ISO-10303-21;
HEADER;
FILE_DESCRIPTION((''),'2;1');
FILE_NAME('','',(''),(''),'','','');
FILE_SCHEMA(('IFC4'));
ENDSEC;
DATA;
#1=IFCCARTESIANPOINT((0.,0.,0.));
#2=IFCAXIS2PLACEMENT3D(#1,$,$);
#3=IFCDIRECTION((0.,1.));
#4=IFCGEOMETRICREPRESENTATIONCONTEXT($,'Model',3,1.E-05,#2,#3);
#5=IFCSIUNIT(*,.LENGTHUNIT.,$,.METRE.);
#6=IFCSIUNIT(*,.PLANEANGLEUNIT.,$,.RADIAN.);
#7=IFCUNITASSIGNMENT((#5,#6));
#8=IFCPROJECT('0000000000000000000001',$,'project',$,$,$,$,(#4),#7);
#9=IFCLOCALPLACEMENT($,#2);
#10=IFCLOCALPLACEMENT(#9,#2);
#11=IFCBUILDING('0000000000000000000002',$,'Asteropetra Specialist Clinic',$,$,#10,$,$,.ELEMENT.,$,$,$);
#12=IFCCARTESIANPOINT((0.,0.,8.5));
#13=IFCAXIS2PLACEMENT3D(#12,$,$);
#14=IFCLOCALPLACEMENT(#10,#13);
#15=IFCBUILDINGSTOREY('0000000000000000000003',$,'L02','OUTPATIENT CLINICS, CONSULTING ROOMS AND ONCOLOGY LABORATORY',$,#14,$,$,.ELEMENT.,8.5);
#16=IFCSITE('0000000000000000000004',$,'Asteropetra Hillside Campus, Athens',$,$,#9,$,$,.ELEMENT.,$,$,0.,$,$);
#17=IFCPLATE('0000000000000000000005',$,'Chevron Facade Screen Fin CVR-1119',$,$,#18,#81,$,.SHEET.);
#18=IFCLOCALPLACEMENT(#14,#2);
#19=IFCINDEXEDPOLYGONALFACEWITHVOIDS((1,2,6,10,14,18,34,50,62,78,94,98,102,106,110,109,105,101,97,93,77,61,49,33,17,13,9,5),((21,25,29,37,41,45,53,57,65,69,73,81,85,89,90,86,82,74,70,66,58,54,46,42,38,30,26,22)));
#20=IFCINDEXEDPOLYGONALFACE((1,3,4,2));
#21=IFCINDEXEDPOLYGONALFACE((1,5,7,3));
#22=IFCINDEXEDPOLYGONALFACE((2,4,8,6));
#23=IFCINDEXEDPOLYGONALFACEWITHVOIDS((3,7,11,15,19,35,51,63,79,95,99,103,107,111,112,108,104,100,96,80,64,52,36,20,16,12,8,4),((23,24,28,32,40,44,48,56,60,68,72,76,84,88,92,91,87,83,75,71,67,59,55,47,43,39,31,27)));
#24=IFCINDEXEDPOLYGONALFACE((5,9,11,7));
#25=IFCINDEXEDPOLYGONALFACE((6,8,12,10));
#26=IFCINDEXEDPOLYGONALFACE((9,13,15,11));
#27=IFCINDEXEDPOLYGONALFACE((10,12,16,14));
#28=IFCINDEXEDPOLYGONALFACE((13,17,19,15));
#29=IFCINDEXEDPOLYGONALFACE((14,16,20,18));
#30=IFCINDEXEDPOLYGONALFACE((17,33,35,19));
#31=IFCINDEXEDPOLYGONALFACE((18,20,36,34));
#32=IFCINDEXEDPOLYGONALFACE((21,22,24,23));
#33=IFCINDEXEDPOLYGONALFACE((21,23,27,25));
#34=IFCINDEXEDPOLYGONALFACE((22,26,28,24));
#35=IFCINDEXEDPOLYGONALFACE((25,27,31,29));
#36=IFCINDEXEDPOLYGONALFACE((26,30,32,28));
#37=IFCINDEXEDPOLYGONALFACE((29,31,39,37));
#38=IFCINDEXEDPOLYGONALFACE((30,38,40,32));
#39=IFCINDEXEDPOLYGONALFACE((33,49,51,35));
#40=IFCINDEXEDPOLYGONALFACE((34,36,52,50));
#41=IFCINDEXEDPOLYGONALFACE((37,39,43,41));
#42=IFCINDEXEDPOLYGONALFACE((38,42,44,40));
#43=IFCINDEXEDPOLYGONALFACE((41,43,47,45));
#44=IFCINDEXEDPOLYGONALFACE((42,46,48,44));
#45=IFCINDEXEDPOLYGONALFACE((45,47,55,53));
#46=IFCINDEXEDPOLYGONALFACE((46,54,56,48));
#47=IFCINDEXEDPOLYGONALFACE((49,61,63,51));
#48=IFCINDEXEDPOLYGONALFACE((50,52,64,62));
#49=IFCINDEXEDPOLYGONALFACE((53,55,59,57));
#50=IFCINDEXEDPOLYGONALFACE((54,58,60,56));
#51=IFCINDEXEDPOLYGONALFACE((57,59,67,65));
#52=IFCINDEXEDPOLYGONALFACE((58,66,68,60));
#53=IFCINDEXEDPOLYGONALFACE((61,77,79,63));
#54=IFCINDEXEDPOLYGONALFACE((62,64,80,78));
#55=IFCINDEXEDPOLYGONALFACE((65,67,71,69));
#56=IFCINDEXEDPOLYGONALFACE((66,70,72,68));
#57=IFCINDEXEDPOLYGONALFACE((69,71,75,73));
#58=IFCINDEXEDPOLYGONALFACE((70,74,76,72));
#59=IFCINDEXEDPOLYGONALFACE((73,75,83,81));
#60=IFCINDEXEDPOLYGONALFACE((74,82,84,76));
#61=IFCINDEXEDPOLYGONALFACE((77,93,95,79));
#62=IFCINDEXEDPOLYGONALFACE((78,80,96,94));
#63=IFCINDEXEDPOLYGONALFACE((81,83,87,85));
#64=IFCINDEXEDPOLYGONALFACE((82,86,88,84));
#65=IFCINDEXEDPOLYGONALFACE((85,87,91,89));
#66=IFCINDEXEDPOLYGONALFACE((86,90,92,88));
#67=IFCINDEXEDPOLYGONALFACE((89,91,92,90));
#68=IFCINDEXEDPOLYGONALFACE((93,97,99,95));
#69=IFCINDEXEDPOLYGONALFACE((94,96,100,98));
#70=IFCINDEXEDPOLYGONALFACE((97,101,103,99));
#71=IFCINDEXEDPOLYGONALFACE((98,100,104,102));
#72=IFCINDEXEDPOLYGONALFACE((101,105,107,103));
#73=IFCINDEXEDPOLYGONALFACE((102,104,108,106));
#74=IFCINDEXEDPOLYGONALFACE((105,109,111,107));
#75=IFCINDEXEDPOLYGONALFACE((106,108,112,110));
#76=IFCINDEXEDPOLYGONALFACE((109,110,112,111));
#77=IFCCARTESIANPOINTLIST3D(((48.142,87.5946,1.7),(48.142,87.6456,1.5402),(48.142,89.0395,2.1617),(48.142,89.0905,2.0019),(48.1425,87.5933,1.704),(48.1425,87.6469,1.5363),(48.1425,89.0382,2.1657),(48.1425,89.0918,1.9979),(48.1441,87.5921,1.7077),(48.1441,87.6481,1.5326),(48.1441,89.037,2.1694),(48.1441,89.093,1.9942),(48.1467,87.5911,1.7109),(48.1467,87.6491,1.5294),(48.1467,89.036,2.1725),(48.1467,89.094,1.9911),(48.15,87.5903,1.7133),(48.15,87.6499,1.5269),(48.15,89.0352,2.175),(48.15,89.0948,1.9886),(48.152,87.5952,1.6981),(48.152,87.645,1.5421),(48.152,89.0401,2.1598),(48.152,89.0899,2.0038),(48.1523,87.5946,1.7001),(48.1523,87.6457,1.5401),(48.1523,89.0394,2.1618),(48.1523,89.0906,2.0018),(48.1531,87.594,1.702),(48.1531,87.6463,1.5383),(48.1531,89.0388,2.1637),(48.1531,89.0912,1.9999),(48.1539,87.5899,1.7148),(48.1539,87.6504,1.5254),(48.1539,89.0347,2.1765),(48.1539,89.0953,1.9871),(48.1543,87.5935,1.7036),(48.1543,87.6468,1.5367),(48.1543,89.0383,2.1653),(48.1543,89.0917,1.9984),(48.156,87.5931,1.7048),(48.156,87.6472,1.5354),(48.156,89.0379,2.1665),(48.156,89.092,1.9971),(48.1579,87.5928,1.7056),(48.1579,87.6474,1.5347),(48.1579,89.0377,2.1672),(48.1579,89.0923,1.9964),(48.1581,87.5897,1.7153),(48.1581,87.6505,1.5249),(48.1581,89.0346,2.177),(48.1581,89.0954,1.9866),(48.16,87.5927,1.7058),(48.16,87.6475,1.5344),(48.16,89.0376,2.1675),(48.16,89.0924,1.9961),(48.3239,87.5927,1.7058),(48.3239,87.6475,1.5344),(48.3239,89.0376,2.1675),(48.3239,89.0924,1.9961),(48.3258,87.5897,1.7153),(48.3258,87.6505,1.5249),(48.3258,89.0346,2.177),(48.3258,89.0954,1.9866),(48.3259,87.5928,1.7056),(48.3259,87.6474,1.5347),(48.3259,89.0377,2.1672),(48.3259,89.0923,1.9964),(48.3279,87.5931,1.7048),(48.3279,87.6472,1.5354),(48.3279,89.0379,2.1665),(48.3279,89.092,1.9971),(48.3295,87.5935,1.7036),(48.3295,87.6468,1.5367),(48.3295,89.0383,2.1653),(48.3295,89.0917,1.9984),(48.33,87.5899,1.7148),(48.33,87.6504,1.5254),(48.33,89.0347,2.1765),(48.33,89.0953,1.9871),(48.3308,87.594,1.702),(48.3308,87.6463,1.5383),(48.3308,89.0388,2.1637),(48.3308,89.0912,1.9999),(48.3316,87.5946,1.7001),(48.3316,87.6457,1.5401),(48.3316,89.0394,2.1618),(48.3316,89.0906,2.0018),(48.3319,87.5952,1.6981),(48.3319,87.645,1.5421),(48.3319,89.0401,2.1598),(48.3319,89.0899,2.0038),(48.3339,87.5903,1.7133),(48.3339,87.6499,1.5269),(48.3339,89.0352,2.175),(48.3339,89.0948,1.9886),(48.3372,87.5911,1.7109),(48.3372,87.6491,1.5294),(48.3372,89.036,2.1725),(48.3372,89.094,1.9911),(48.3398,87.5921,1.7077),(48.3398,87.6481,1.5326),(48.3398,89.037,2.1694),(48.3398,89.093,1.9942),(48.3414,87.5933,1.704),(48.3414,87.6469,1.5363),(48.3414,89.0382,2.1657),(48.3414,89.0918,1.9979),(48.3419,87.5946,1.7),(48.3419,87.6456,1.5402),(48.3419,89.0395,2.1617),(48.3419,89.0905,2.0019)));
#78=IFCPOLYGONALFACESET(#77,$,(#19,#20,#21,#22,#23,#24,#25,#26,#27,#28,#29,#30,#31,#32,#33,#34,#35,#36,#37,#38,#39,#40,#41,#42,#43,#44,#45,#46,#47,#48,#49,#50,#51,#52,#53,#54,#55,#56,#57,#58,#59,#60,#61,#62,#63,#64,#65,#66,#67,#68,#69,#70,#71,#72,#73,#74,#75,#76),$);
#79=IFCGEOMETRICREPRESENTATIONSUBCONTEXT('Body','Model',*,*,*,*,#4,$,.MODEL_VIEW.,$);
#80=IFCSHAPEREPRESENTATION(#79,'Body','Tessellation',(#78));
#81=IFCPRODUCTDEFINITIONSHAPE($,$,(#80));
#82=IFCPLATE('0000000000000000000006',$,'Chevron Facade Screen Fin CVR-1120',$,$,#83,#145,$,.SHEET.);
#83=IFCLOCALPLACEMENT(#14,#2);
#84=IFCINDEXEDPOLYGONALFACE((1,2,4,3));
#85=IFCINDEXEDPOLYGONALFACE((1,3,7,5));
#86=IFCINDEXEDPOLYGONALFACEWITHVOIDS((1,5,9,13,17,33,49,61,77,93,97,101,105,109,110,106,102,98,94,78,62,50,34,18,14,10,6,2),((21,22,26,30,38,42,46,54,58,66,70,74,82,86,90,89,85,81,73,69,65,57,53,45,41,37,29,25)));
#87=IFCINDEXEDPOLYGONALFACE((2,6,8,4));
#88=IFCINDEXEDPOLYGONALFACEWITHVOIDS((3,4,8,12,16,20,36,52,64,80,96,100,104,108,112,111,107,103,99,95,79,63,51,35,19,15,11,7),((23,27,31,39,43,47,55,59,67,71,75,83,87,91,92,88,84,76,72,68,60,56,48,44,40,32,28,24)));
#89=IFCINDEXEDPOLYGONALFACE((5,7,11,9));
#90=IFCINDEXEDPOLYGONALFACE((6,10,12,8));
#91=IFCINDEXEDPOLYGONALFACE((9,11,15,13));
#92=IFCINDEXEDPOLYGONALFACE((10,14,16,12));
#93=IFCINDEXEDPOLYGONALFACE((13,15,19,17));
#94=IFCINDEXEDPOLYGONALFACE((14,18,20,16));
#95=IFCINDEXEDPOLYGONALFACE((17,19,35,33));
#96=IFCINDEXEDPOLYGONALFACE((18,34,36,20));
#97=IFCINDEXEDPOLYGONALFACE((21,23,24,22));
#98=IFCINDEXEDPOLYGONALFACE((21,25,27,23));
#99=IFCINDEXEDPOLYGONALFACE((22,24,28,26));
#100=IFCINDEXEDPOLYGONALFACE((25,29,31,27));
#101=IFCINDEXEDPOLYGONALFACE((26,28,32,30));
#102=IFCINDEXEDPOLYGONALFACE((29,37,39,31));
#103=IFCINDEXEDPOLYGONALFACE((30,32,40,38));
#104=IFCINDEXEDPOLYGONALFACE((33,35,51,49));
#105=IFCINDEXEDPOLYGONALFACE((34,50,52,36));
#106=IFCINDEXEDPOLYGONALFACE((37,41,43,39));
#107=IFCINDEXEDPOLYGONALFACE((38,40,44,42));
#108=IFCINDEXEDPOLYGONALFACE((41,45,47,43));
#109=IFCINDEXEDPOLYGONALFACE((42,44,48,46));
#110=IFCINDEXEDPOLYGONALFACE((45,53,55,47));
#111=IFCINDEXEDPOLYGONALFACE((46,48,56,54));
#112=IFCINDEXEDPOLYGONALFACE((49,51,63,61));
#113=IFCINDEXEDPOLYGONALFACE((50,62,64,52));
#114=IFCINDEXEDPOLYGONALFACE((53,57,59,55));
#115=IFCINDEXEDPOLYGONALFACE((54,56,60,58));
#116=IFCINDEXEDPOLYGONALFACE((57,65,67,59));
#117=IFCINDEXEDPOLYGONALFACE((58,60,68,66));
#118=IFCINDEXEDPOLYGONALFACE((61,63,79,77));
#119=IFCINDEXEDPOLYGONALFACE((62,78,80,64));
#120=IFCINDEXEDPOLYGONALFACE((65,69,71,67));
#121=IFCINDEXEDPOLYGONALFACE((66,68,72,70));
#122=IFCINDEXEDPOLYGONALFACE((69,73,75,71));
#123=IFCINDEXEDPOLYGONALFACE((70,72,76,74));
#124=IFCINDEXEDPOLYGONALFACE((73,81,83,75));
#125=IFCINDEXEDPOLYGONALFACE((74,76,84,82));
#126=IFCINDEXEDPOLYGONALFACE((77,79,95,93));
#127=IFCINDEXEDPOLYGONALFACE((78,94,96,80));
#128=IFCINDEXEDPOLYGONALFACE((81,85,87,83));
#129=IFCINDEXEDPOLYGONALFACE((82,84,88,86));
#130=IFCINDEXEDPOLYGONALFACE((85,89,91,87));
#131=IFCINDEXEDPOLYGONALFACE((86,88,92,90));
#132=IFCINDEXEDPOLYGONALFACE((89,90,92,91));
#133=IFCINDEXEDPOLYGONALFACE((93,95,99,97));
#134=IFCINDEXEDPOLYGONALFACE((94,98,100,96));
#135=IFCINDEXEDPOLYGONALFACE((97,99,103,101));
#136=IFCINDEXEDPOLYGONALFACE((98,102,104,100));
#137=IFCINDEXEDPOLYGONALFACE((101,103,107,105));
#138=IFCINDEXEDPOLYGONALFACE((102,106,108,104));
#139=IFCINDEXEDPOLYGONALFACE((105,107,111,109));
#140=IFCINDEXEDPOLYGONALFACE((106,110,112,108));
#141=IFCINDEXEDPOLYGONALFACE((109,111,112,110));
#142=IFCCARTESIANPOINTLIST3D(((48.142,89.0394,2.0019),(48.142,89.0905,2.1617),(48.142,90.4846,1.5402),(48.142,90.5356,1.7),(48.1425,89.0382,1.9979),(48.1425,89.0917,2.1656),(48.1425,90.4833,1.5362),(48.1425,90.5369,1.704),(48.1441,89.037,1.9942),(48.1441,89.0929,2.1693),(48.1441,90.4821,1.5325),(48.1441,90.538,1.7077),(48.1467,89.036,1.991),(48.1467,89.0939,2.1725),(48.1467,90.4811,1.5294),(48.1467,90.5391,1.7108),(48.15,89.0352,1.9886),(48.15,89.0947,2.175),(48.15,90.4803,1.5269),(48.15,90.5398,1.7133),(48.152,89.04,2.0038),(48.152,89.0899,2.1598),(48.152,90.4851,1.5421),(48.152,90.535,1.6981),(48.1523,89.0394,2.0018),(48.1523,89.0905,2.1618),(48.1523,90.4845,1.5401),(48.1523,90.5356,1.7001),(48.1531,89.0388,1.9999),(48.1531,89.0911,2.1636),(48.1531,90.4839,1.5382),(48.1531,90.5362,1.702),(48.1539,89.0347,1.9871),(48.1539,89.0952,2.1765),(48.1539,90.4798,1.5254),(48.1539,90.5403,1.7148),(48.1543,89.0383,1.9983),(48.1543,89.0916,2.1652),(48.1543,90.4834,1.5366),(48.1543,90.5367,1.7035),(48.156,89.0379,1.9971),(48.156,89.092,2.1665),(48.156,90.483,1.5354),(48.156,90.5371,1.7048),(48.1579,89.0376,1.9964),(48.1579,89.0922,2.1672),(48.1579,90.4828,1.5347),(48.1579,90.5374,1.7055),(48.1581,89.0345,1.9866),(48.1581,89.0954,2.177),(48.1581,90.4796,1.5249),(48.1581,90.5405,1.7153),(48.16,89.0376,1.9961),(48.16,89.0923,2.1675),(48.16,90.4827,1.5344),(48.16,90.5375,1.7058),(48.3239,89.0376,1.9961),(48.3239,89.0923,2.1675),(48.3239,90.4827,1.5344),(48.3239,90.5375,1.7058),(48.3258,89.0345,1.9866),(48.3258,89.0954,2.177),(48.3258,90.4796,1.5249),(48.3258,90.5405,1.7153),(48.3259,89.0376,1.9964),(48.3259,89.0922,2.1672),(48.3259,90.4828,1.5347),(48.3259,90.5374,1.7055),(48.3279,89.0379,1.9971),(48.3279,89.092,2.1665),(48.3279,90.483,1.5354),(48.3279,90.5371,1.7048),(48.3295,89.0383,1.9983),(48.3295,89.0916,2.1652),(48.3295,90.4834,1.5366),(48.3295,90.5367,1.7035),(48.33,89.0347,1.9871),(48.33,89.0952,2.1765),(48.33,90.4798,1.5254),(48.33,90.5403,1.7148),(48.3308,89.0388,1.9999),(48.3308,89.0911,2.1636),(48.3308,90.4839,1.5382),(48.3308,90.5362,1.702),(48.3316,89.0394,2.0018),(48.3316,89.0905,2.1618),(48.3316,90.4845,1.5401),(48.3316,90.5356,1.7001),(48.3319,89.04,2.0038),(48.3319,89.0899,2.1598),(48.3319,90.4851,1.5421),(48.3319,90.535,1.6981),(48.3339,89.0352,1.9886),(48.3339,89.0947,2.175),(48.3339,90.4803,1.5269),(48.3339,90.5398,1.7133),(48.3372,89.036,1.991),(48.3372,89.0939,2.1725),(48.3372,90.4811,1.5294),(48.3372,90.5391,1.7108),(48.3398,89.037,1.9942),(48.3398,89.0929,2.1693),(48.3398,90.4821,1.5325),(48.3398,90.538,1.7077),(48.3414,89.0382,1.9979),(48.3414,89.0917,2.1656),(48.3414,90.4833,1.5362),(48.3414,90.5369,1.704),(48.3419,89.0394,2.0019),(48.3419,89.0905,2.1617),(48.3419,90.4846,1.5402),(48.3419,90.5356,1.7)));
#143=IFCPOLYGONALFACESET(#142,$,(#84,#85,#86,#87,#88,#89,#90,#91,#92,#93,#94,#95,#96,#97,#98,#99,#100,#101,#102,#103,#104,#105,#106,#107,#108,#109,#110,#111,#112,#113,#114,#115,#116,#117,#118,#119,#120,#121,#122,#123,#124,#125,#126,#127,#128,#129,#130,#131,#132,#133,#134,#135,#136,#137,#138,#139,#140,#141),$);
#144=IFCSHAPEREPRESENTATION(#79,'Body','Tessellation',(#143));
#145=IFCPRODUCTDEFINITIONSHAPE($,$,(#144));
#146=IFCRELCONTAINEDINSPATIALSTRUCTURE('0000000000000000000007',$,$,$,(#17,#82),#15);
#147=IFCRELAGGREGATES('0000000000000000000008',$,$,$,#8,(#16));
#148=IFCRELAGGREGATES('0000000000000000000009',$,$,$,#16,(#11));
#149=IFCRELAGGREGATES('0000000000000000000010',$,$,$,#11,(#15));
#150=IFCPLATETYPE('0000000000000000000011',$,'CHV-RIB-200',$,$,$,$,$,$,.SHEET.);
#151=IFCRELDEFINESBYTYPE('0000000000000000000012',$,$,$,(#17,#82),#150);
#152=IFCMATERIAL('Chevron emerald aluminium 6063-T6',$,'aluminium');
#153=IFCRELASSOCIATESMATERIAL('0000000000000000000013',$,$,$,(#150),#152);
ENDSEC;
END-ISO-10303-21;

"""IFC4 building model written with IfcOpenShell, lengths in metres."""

from ifc_helpers import new_model, si_unit, direction, frame, origin, origin_2d, place, context, subcontext, project, spatial, hollow_rectangle, extrude, material, material_profile, profile_set, type_object, element, save


model = new_model("IFC4")

# Units and contexts
model_context = context("Model", 3, precision=1e-05, world=origin(), true_north=direction((0.0, 1.0)))
body_context = subcontext(model_context, "Body", "Model", "MODEL_VIEW")
ifc_project = project(units=[si_unit("LENGTHUNIT", "METRE"), si_unit("PLANEANGLEUNIT", "RADIAN")], contexts=[model_context])

# Site, building, storey
site_placement = place(None, origin())
site = spatial("IfcSite", under=ifc_project, at=site_placement, Name="Asteropetra Hillside Campus, Athens", CompositionType="ELEMENT", RefElevation=0.0)
building_placement = place(site_placement, origin())
building = spatial("IfcBuilding", under=site, at=building_placement, Name="Asteropetra Specialist Clinic", CompositionType="ELEMENT")
storey_placement = place(building_placement, frame((0.0, 0.0, 8.5)))
storey = spatial("IfcBuildingStorey", under=building, at=storey_placement, Name="L02", Description="OUTPATIENT CLINICS, CONSULTING ROOMS AND ONCOLOGY LABORATORY", CompositionType="ELEMENT", Elevation=8.5)

# Plates
ifc_material_1 = material(Name="Chevron emerald aluminium 6063-T6", Category="aluminium")
ifc_material_profile_1 = material_profile(ifc_material_1, hollow_rectangle(XDim=0.2, YDim=0.2, WallThickness=0.01, InnerFilletRadius=0.0081, OuterFilletRadius=0.0161, at=origin_2d()), Name="SHS 200x200x10.0")
ifc_profile_set_1 = profile_set([ifc_material_profile_1], Name="Chevron emerald aluminium 6063-T6")
plate_type_1 = type_object("IfcPlateType", Name="CHV-RIB-200", PredefinedType="SHEET", material=ifc_profile_set_1)
plate_1_placement = place(storey_placement, frame((48.2419, 87.6201, 1.6201), z_axis=(0.0, 0.952553, 0.304373), x_axis=(-1.0, 0.0, 0.0)))
element("IfcPlate", 1, at=plate_1_placement, inside=storey, type_object=plate_type_1, Name="Chevron Facade Screen Fin CVR-1119", PredefinedType="SHEET", context=body_context, shape_type="SweptSolid", body=[
    extrude(hollow_rectangle(XDim=0.2, YDim=0.2, WallThickness=0.01, InnerFilletRadius=0.0081, OuterFilletRadius=0.0161, at=origin_2d()), origin(), (0.0, 0.0, 1.0), 1.5168),
])
plate_2_placement = place(storey_placement, frame((48.2419, 89.0649, 2.0818), z_axis=(0.0, 0.952568, -0.304326), x_axis=(-1.0, 0.0, 0.0)))
element("IfcPlate", 2, at=plate_2_placement, inside=storey, type_object=plate_type_1, Name="Chevron Facade Screen Fin CVR-1120", PredefinedType="SHEET", context=body_context, shape_type="SweptSolid", body=[
    extrude(hollow_rectangle(XDim=0.2, YDim=0.2, WallThickness=0.01, InnerFilletRadius=0.0081, OuterFilletRadius=0.0161, at=origin_2d()), origin(), (0.0, 0.0, 1.0), 1.5171),
])

save(model, "model.ifc")
